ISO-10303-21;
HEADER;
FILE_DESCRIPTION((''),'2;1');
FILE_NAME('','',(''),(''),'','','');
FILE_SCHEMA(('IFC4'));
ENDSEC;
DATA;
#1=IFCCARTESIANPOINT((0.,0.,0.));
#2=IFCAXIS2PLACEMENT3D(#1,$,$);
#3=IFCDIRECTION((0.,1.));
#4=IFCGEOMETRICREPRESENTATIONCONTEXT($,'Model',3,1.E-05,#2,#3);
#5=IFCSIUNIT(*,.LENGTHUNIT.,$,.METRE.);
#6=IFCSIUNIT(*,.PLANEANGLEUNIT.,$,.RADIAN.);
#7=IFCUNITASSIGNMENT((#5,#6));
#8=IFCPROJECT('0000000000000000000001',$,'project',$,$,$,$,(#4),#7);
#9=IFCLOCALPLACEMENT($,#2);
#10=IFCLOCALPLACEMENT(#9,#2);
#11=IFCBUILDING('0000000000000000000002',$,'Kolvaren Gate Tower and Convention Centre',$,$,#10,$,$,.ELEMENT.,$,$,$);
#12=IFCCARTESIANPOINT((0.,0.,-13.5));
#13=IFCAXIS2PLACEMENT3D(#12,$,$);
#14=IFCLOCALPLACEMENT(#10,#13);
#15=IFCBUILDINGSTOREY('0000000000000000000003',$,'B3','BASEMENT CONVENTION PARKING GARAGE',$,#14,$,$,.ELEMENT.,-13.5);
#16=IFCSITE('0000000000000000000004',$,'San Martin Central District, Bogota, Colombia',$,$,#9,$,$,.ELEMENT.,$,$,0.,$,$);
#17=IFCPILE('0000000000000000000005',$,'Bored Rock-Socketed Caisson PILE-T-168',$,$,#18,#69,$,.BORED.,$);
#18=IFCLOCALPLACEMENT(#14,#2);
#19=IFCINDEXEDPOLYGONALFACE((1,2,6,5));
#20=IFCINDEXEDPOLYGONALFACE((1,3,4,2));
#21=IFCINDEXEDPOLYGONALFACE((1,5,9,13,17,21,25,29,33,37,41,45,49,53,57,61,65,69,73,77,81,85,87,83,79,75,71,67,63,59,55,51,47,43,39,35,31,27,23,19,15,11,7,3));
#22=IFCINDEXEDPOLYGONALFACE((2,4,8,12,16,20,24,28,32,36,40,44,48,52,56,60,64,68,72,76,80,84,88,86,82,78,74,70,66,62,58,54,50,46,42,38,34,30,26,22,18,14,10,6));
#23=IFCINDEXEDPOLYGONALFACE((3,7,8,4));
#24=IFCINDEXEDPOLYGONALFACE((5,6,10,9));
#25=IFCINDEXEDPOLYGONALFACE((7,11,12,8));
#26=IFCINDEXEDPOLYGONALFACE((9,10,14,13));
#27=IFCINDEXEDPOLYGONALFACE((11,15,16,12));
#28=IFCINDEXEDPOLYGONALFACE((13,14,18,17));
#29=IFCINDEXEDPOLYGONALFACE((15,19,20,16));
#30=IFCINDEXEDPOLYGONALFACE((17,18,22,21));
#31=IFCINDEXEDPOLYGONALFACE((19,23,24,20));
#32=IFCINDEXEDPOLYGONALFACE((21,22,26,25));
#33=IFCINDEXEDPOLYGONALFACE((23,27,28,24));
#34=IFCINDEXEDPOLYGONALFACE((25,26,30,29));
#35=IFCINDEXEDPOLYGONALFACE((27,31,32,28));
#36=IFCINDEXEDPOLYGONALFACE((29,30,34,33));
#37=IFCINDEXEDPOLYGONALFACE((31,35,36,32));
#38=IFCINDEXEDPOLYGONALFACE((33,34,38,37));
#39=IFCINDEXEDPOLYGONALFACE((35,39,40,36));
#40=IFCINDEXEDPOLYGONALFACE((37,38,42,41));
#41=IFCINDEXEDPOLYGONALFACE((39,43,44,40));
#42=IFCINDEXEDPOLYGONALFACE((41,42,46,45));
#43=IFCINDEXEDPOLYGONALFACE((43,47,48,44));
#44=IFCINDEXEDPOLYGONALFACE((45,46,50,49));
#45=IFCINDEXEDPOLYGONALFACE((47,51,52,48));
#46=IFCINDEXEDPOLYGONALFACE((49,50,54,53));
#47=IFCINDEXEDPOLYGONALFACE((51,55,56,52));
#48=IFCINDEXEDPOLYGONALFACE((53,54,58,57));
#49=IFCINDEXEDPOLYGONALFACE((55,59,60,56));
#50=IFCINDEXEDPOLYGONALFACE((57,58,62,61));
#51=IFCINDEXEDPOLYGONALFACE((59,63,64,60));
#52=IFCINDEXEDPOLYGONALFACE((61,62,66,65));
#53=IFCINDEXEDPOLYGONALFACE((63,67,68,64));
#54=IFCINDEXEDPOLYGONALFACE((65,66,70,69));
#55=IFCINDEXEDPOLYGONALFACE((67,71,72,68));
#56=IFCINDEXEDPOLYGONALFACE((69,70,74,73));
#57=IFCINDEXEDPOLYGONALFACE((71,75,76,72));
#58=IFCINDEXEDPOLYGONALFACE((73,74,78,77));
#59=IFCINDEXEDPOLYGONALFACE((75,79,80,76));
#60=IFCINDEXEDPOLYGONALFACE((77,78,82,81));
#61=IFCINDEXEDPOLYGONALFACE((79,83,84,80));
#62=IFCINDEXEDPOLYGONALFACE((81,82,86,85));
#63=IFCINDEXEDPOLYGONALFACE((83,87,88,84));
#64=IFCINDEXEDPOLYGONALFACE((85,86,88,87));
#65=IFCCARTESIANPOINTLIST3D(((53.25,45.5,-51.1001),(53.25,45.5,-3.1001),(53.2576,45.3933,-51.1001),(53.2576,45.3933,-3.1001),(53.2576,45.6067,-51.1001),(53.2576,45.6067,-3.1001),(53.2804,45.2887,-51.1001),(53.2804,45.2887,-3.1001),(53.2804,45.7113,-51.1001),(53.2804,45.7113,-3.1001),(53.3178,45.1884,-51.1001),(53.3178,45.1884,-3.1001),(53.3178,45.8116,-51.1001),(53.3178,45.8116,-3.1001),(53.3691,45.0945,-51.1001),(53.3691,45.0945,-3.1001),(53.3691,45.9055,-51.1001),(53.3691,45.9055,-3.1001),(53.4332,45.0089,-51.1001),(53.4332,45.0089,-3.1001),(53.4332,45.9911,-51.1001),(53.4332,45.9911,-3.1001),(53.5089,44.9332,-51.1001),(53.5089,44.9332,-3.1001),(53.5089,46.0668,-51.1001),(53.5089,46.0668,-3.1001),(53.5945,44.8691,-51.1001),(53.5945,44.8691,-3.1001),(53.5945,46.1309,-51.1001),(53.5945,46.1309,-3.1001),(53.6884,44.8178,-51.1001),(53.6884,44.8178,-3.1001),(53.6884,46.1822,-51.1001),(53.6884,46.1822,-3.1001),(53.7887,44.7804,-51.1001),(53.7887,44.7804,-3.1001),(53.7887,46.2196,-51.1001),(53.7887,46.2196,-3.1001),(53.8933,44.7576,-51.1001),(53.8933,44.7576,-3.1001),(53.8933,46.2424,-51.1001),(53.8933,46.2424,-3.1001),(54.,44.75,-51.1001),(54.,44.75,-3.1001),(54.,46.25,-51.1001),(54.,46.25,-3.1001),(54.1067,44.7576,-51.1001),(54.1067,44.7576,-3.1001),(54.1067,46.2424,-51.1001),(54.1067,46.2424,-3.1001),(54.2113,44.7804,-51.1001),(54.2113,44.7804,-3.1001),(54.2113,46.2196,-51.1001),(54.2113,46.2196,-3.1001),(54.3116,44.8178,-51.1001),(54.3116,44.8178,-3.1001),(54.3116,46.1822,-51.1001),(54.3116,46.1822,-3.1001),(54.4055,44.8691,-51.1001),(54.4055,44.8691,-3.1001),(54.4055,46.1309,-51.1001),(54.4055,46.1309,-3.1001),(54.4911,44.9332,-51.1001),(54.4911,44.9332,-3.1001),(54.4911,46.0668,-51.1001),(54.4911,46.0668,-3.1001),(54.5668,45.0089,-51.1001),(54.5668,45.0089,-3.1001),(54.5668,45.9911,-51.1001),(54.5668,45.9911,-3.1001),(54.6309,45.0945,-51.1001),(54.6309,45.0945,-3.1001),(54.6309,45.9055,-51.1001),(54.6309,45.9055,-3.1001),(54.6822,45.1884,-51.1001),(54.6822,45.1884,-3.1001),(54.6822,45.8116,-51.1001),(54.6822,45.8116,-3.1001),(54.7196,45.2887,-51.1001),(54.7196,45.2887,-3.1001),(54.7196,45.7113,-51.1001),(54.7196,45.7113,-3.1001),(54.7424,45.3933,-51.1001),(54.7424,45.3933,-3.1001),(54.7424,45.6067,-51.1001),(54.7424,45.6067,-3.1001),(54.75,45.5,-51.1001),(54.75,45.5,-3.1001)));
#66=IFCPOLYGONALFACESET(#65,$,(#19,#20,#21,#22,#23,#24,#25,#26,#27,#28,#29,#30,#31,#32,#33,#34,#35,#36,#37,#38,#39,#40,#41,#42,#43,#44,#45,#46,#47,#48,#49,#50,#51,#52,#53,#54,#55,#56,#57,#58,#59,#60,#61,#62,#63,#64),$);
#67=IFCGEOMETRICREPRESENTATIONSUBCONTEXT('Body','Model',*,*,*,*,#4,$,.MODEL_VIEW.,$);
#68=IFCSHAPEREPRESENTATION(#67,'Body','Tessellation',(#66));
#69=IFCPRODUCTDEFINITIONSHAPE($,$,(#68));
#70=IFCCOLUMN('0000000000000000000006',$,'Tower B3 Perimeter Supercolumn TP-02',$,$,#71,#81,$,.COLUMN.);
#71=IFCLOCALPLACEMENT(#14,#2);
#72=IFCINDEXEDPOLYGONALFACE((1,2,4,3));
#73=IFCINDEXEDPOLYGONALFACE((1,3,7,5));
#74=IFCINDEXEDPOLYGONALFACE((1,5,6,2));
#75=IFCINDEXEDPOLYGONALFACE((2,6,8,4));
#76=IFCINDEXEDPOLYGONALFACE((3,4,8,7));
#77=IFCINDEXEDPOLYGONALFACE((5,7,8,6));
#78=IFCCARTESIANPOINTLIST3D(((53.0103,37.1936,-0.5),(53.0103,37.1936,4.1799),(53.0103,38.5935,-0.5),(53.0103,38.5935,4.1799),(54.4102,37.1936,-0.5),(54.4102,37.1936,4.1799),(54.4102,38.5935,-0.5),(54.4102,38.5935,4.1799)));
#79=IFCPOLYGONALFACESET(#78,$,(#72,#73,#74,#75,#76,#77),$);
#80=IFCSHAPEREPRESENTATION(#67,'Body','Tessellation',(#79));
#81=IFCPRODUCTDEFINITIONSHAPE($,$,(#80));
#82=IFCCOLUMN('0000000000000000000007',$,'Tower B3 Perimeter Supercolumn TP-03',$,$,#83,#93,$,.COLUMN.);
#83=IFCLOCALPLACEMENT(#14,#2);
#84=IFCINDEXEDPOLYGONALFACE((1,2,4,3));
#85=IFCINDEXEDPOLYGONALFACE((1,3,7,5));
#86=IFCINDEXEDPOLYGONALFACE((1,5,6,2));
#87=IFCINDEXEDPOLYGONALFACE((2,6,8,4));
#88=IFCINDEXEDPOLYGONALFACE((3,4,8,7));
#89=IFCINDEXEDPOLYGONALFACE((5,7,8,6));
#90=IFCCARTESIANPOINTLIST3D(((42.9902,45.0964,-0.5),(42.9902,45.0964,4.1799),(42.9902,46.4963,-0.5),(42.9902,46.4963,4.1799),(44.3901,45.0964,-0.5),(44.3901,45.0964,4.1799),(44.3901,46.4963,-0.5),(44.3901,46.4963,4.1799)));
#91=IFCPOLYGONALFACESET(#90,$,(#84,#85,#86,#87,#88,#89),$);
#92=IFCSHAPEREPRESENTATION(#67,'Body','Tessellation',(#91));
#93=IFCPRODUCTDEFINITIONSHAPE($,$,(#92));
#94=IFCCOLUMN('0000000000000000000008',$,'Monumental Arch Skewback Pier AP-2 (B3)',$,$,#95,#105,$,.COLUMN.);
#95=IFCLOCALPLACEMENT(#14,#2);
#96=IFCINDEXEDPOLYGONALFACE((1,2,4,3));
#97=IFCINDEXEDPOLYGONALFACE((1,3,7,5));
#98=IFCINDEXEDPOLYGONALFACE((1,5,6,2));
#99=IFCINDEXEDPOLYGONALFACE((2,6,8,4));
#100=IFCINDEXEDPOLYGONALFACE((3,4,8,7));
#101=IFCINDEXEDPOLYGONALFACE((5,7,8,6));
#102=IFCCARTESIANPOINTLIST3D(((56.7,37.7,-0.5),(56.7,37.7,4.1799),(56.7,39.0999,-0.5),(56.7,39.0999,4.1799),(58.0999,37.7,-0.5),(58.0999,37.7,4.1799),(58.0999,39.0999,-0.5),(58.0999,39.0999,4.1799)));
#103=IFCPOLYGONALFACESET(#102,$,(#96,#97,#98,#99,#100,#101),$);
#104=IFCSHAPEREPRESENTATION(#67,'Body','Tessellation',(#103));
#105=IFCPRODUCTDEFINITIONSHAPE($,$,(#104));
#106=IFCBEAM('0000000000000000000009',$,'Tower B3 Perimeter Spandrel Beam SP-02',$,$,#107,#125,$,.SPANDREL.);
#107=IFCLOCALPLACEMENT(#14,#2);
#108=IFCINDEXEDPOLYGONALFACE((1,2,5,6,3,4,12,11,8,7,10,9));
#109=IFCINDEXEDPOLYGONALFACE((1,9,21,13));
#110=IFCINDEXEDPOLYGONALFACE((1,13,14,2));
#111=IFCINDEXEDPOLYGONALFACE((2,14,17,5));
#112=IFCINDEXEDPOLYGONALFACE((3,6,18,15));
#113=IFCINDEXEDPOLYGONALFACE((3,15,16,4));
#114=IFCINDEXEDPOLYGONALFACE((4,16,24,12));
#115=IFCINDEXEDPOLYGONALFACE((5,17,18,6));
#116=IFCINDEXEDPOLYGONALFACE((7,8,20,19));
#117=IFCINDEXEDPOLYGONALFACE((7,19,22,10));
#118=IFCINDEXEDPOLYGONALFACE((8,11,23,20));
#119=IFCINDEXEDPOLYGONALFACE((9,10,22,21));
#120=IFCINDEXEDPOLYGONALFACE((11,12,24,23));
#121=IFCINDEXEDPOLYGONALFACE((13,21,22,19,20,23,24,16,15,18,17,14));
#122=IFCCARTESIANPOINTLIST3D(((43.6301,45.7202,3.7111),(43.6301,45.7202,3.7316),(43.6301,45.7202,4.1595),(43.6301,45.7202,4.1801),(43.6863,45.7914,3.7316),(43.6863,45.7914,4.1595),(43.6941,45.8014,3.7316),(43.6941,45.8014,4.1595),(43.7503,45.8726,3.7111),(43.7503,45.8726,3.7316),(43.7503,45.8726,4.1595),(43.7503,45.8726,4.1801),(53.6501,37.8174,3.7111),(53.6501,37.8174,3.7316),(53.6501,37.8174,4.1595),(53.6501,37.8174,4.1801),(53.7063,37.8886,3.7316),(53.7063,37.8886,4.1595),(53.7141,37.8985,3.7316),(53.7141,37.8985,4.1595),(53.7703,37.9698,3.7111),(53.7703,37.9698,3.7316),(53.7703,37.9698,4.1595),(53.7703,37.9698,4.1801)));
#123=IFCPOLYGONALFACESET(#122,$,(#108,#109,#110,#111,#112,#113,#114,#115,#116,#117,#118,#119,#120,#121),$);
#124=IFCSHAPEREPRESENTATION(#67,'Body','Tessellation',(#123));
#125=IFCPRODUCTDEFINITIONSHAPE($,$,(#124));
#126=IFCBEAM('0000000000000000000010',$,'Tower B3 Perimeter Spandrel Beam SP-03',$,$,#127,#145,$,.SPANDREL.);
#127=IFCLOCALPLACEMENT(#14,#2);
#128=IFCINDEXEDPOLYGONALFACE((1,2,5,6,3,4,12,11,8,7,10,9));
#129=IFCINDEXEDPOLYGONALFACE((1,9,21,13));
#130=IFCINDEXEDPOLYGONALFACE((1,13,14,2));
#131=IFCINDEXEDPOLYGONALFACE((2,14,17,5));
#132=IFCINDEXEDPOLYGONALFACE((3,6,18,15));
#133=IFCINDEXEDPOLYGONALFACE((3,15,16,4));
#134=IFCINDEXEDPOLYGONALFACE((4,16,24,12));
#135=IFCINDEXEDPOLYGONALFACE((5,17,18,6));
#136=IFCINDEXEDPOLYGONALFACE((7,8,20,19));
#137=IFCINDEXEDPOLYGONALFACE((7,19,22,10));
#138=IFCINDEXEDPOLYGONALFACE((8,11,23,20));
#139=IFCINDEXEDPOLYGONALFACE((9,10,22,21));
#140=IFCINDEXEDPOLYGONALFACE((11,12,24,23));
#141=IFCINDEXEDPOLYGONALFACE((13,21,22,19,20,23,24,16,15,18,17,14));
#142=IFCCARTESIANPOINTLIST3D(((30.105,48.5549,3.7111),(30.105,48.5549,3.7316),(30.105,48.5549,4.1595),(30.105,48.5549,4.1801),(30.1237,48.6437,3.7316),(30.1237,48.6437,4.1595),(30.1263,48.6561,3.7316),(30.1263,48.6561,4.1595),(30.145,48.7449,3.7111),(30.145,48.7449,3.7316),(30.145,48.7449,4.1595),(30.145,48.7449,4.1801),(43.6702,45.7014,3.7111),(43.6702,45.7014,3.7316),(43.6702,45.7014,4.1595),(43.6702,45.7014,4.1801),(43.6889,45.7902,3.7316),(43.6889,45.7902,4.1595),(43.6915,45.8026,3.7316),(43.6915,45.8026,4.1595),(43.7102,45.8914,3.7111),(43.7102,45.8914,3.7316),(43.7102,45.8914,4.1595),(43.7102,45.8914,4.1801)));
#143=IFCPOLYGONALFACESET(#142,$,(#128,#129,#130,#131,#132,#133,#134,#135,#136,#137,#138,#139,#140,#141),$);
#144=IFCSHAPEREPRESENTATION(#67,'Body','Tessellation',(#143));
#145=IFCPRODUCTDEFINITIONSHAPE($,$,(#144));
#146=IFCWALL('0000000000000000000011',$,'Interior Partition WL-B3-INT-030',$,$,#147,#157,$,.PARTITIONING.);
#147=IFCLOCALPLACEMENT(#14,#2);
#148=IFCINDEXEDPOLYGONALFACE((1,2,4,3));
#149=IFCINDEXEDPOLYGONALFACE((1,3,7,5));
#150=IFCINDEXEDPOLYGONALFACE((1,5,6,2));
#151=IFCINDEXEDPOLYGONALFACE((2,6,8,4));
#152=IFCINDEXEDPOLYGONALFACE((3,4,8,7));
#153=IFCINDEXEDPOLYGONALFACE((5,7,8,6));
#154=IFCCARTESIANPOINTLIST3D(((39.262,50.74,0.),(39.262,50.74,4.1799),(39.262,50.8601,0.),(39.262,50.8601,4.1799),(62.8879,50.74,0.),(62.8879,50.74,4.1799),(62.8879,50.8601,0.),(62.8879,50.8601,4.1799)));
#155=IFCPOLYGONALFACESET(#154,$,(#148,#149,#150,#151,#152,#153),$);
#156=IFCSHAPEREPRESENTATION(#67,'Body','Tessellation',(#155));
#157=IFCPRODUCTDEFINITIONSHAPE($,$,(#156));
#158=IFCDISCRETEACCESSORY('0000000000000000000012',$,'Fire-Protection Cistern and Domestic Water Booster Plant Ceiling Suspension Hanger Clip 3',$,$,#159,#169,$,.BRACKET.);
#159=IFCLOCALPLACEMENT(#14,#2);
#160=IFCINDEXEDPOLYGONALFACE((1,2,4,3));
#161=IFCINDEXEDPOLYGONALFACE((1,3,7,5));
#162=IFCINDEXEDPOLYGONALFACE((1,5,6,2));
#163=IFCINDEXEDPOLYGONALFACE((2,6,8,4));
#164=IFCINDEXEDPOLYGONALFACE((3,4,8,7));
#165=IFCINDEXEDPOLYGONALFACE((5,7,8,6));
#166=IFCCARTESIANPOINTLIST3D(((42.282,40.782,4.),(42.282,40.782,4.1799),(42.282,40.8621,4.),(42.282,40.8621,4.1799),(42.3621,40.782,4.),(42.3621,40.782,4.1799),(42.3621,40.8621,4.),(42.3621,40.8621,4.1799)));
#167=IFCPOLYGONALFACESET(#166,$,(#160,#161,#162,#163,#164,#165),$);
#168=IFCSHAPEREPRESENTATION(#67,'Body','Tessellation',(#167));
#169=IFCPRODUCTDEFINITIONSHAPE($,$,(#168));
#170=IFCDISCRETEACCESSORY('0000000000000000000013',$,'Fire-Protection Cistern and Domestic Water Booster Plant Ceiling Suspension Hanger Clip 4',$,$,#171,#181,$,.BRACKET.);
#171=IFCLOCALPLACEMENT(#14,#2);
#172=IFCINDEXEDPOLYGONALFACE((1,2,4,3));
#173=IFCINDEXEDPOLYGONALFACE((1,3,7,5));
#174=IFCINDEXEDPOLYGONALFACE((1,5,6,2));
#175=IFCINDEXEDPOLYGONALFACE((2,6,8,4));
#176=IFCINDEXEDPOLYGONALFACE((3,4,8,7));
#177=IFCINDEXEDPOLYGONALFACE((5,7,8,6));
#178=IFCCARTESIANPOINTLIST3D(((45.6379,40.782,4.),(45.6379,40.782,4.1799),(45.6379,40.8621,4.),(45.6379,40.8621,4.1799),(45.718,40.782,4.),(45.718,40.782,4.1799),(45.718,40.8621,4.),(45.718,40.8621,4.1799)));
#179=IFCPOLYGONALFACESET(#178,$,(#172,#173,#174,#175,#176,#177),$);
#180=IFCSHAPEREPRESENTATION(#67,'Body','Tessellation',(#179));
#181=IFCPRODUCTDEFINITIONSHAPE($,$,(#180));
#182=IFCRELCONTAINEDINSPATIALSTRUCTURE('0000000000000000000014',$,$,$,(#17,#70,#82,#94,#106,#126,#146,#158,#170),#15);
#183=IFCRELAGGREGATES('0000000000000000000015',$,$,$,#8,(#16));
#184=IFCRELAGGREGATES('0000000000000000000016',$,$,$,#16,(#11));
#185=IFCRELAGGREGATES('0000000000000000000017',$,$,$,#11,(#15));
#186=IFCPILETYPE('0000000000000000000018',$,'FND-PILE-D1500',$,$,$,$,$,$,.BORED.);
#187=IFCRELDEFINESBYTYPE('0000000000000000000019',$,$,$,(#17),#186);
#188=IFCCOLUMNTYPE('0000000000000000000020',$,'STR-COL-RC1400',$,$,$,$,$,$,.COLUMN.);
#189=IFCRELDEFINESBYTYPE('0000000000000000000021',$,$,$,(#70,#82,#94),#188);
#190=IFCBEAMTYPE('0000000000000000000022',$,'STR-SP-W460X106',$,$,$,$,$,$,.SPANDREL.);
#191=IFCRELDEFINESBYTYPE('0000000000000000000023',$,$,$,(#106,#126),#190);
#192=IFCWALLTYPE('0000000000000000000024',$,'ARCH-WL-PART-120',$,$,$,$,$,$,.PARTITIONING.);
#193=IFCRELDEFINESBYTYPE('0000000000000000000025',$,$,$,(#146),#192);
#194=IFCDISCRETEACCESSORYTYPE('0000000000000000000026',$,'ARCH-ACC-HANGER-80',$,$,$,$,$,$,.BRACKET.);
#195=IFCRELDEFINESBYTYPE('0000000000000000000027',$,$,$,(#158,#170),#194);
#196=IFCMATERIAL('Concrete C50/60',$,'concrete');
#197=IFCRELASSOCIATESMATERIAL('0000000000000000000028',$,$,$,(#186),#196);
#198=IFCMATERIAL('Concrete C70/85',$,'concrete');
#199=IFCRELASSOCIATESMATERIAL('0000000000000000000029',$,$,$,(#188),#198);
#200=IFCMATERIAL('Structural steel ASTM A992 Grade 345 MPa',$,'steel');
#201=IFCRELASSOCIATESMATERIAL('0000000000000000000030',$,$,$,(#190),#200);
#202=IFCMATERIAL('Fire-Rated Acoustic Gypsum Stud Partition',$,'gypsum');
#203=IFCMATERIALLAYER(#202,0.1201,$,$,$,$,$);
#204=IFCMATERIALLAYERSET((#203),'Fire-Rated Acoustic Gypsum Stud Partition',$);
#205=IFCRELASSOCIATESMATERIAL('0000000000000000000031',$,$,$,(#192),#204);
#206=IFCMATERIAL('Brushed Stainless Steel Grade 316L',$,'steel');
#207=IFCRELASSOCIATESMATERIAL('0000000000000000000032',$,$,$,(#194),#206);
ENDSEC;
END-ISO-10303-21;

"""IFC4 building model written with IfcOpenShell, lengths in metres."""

from ifc_helpers import new_model, si_unit, direction, frame, frame_2d, origin, origin_2d, place, context, subcontext, project, spatial, rectangle, circle, i_section, extrude, material, layer, layer_set, material_profile, profile_set, type_object, element, save


model = new_model("IFC4")

# Units and contexts
model_context = context("Model", 3, precision=1e-05, world=origin(), true_north=direction((0.0, 1.0)))
body_context = subcontext(model_context, "Body", "Model", "MODEL_VIEW")
ifc_project = project(units=[si_unit("LENGTHUNIT", "METRE"), si_unit("PLANEANGLEUNIT", "RADIAN")], contexts=[model_context])

# Site, building, storey
site_placement = place(None, origin())
site = spatial("IfcSite", under=ifc_project, at=site_placement, Name="San Martin Central District, Bogota, Colombia", CompositionType="ELEMENT", RefElevation=0.0)
building_placement = place(site_placement, origin())
building = spatial("IfcBuilding", under=site, at=building_placement, Name="Kolvaren Gate Tower and Convention Centre", CompositionType="ELEMENT")
storey_placement = place(building_placement, frame((0.0, 0.0, -13.5)))
storey = spatial("IfcBuildingStorey", under=building, at=storey_placement, Name="B3", Description="BASEMENT CONVENTION PARKING GARAGE", CompositionType="ELEMENT", Elevation=-13.5)

# Shared definitions
ifc_material_1 = material(Name="Concrete C50/60", Category="concrete")

# Pile
ifc_material_profile_1 = material_profile(ifc_material_1, circle(Radius=0.75, at=origin_2d()), Name="CAISSON-D1500")
ifc_profile_set_1 = profile_set([ifc_material_profile_1], Name="Concrete C50/60")
pile_type = type_object("IfcPileType", Name="FND-PILE-D1500", PredefinedType="BORED", material=ifc_profile_set_1)
for number, where, z_axis, x_axis, name in (
    (1, (54.0, 45.5, -3.1001), (0.0, 0.0, -1.0), (1.0, 0.0, 0.0), "Bored Rock-Socketed Caisson PILE-T-168"),
):
    element("IfcPile", number, at=place(storey_placement, frame(where, z_axis=z_axis, x_axis=x_axis)), inside=storey, type_object=pile_type, Name=name, PredefinedType="BORED", context=body_context, shape_type="SweptSolid", body=[
        extrude(circle(Radius=0.75, at=origin_2d()), origin(), (0.0, 0.0, 1.0), 48.0),
    ])

# Columns
ifc_material_2 = material(Name="Concrete C70/85", Category="concrete")
ifc_material_profile_2 = material_profile(ifc_material_2, rectangle(XDim=1.3999, YDim=1.3999, at=origin_2d()), Name="RC-COL-1400X1400")
ifc_profile_set_2 = profile_set([ifc_material_profile_2], Name="Concrete C70/85")
column_type = type_object("IfcColumnType", Name="STR-COL-RC1400", PredefinedType="COLUMN", material=ifc_profile_set_2)
for number, where, z_axis, x_axis, name in (
    (2, (53.7102, 37.8936, -0.5), (0.0, 0.0, 1.0), (1.0, 0.0, 0.0), "Tower B3 Perimeter Supercolumn TP-02"),
    (3, (43.6902, 45.7964, -0.5), (0.0, 0.0, 1.0), (1.0, 0.0, 0.0), "Tower B3 Perimeter Supercolumn TP-03"),
    (4, (57.3999, 38.3999, -0.5), (0.0, 0.0, 1.0), (1.0, 0.0, 0.0), "Monumental Arch Skewback Pier AP-2 (B3)"),
):
    element("IfcColumn", number, at=place(storey_placement, frame(where, z_axis=z_axis, x_axis=x_axis)), inside=storey, type_object=column_type, Name=name, PredefinedType="COLUMN", context=body_context, shape_type="SweptSolid", body=[
        extrude(rectangle(XDim=1.3999, YDim=1.3999, at=origin_2d()), origin(), (0.0, 0.0, 1.0), 4.6799),
    ])

# Beams
ifc_material_3 = material(Name="Structural steel ASTM A992 Grade 345 MPa", Category="steel")
ifc_material_profile_3 = material_profile(ifc_material_3, i_section(OverallWidth=0.1941, OverallDepth=0.469, WebThickness=0.0127, FlangeThickness=0.0205, at=origin_2d()), Name="W460X106")
ifc_profile_set_3 = profile_set([ifc_material_profile_3], Name="Structural steel ASTM A992 Grade 345 MPa")
beam_type = type_object("IfcBeamType", Name="STR-SP-W460X106", PredefinedType="SPANDREL", material=ifc_profile_set_3)
beam_1_placement = place(storey_placement, frame((53.7102, 37.8936, 3.9456), z_axis=(-0.785176, 0.619272, 0.0), x_axis=(-0.619272, -0.785176, 0.0)))
element("IfcBeam", 5, at=beam_1_placement, inside=storey, type_object=beam_type, Name="Tower B3 Perimeter Spandrel Beam SP-02", PredefinedType="SPANDREL", context=body_context, shape_type="SweptSolid", body=[
    extrude(i_section(OverallWidth=0.1941, OverallDepth=0.469, WebThickness=0.0127, FlangeThickness=0.0205, at=origin_2d()), origin(), (0.0, 0.0, 1.0), 12.7615),
])
beam_2_placement = place(storey_placement, frame((43.6902, 45.7964, 3.9456), z_axis=(-0.978583, 0.205851, 0.0), x_axis=(-0.205851, -0.978583, 0.0)))
element("IfcBeam", 6, at=beam_2_placement, inside=storey, type_object=beam_type, Name="Tower B3 Perimeter Spandrel Beam SP-03", PredefinedType="SPANDREL", context=body_context, shape_type="SweptSolid", body=[
    extrude(i_section(OverallWidth=0.1941, OverallDepth=0.469, WebThickness=0.0127, FlangeThickness=0.0205, at=origin_2d()), origin(), (0.0, 0.0, 1.0), 13.8621),
])

# Wall
ifc_material_4 = material(Name="Fire-Rated Acoustic Gypsum Stud Partition", Category="gypsum")
ifc_layer = layer(ifc_material_4, 0.1201)
ifc_layer_set = layer_set([ifc_layer], Name="Fire-Rated Acoustic Gypsum Stud Partition")
wall_type = type_object("IfcWallType", Name="ARCH-WL-PART-120", PredefinedType="PARTITIONING", material=ifc_layer_set)
wall_placement = place(storey_placement, frame((39.262, 50.8, 0.0), z_axis=(0.0, 0.0, 1.0), x_axis=(1.0, 0.0, 0.0)))
element("IfcWall", 7, at=wall_placement, inside=storey, type_object=wall_type, Name="Interior Partition WL-B3-INT-030", PredefinedType="PARTITIONING", context=body_context, shape_type="SweptSolid", body=[
    extrude(rectangle(XDim=23.626, YDim=0.1201, at=frame_2d((11.813, 0.0))), origin(), (0.0, 0.0, 1.0), 4.1799),
])

# Discrete accessories
ifc_material_5 = material(Name="Brushed Stainless Steel Grade 316L", Category="steel")
discrete_accessory_type = type_object("IfcDiscreteAccessoryType", Name="ARCH-ACC-HANGER-80", PredefinedType="BRACKET", material=ifc_material_5)
for number, where, z_axis, x_axis, name in (
    (8, (42.322, 40.822, 4.0), (0.0, 0.0, 1.0), (1.0, 0.0, 0.0), "Fire-Protection Cistern and Domestic Water Booster Plant Ceiling Suspension Hanger Clip 3"),
    (9, (45.678, 40.822, 4.0), (0.0, 0.0, 1.0), (1.0, 0.0, 0.0), "Fire-Protection Cistern and Domestic Water Booster Plant Ceiling Suspension Hanger Clip 4"),
):
    element("IfcDiscreteAccessory", number, at=place(storey_placement, frame(where, z_axis=z_axis, x_axis=x_axis)), inside=storey, type_object=discrete_accessory_type, Name=name, PredefinedType="BRACKET", context=body_context, shape_type="SweptSolid", body=[
        extrude(rectangle(XDim=0.0801, YDim=0.0801, at=origin_2d()), origin(), (0.0, 0.0, 1.0), 0.1799),
    ])

save(model, "model.ifc")
